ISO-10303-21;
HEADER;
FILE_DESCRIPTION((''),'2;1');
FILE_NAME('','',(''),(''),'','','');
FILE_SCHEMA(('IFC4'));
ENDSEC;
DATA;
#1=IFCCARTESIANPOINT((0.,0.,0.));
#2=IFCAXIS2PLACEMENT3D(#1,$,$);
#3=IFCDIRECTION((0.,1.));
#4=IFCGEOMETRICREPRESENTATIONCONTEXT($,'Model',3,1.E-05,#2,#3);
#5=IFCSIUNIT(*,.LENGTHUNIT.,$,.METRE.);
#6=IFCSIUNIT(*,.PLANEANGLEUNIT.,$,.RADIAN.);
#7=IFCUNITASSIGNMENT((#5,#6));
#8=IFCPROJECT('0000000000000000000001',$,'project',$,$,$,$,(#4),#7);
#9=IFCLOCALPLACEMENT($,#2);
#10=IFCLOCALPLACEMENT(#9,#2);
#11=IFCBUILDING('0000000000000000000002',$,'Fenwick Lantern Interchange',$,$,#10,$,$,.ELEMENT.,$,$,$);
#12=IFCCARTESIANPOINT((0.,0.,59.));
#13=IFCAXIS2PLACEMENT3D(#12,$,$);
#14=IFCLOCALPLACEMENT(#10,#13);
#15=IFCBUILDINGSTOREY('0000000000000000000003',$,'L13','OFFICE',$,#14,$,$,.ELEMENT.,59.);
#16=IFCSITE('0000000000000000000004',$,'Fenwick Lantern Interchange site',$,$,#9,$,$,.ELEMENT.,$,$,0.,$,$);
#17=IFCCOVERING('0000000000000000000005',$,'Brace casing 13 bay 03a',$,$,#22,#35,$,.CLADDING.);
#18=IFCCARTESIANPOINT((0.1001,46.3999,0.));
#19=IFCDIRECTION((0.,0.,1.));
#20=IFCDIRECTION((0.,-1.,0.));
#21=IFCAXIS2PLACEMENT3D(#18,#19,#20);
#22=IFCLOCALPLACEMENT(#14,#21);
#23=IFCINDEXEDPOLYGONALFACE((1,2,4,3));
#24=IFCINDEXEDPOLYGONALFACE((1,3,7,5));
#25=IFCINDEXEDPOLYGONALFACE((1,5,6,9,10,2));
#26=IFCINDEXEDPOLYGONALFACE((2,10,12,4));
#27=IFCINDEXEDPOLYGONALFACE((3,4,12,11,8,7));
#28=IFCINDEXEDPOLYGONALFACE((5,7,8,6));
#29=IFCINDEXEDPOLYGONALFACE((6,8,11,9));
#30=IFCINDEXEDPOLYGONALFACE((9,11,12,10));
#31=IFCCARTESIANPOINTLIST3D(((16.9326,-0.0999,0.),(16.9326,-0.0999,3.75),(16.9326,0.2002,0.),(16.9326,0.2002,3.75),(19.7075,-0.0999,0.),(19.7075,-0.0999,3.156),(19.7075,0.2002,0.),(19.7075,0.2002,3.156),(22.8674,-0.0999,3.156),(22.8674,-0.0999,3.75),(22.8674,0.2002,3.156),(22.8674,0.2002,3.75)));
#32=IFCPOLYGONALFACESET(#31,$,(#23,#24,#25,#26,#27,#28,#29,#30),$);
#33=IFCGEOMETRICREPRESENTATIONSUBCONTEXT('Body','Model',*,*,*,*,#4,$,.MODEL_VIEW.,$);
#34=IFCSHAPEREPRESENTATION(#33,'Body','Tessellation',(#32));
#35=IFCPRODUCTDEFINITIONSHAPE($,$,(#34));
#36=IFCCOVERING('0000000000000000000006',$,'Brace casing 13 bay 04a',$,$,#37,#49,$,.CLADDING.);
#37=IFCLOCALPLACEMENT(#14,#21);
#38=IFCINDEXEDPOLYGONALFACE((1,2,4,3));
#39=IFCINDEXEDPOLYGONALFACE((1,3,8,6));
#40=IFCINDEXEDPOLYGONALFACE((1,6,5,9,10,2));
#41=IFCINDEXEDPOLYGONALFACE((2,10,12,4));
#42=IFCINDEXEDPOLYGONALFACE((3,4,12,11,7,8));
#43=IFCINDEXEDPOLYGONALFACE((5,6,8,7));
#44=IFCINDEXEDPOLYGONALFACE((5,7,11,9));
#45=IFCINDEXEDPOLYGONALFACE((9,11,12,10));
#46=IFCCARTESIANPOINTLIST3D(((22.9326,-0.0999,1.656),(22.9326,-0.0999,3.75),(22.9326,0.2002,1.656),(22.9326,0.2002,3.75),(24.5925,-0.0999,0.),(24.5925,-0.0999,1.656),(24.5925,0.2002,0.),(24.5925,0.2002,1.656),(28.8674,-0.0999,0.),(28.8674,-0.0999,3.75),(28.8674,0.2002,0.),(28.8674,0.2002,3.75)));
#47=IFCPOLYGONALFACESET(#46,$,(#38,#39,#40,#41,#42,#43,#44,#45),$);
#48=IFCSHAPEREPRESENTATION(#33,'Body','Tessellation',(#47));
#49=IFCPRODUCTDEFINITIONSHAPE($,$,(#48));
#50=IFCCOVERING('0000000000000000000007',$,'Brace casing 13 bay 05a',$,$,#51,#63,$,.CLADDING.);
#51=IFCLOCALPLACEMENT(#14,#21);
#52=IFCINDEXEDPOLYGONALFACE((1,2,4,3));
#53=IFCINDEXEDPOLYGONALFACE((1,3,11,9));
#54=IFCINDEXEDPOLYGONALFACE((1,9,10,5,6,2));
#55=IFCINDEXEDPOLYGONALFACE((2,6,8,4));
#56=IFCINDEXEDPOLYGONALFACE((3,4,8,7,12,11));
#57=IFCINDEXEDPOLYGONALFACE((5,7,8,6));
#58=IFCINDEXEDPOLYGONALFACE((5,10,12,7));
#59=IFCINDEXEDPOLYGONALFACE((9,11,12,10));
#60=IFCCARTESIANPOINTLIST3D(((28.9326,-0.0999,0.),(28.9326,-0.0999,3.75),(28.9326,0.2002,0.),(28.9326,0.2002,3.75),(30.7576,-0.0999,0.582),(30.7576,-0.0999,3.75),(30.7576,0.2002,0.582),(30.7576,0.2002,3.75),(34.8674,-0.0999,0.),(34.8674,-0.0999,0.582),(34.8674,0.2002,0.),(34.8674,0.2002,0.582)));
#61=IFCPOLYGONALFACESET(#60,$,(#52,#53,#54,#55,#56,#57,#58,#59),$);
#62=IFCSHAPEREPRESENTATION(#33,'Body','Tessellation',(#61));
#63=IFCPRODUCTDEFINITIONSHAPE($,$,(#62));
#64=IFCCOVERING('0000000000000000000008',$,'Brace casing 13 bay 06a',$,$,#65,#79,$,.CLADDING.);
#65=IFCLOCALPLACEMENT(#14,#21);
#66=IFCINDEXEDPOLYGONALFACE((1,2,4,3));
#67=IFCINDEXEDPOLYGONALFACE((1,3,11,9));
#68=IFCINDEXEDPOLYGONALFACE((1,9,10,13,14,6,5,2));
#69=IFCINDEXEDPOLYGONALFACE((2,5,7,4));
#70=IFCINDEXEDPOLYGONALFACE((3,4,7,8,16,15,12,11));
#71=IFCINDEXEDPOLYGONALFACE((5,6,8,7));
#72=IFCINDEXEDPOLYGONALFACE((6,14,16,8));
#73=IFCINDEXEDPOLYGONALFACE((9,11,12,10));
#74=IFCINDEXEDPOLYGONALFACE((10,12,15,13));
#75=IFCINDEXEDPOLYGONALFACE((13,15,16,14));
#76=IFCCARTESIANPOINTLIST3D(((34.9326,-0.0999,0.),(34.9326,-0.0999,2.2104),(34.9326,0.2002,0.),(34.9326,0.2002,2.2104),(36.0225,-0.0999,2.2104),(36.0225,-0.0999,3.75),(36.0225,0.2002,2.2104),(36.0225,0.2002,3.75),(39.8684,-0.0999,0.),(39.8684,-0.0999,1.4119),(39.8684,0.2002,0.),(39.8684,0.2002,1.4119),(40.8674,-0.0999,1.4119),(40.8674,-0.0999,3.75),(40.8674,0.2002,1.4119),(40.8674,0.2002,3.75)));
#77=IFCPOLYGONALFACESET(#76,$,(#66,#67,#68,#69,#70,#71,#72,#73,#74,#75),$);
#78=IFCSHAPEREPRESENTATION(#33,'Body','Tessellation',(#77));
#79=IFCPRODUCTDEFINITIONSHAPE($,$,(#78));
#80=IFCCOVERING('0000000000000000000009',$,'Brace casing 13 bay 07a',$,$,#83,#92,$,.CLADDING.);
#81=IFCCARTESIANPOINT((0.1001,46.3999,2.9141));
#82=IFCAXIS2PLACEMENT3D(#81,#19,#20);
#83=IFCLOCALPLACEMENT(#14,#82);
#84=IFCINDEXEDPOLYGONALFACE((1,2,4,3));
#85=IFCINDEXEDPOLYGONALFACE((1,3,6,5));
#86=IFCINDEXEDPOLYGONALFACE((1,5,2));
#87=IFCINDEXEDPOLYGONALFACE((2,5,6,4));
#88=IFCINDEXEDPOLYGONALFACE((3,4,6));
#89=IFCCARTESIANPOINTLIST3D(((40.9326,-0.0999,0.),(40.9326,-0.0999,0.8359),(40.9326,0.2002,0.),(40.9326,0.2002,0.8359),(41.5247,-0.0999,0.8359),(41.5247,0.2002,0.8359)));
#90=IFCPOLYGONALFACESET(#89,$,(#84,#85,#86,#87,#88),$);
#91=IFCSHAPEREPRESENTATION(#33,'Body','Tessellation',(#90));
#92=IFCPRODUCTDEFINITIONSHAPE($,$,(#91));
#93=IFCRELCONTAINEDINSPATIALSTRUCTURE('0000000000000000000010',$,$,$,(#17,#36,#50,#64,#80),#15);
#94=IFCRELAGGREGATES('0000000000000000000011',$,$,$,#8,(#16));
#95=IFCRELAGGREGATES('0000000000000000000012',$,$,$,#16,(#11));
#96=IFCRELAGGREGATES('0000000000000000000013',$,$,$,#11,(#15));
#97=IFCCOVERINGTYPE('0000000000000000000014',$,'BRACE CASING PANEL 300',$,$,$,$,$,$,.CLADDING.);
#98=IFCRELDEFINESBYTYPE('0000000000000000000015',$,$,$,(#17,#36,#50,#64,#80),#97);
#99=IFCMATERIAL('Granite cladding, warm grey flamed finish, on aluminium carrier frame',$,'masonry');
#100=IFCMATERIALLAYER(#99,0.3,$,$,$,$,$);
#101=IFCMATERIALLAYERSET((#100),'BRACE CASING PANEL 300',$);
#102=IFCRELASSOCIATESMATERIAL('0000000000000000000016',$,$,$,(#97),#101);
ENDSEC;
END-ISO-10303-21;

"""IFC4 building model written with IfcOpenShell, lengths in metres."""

from ifc_helpers import new_model, si_unit, direction, frame, origin, place, context, subcontext, project, spatial, polyline, outline, extrude, material, layer, layer_set, type_object, element, save


model = new_model("IFC4")

# Units and contexts
model_context = context("Model", 3, precision=1e-05, world=origin(), true_north=direction((0.0, 1.0)))
body_context = subcontext(model_context, "Body", "Model", "MODEL_VIEW")
ifc_project = project(units=[si_unit("LENGTHUNIT", "METRE"), si_unit("PLANEANGLEUNIT", "RADIAN")], contexts=[model_context])

# Site, building, storey
site_placement = place(None, origin())
site = spatial("IfcSite", under=ifc_project, at=site_placement, Name="Fenwick Lantern Interchange site", CompositionType="ELEMENT", RefElevation=0.0)
building_placement = place(site_placement, origin())
building = spatial("IfcBuilding", under=site, at=building_placement, Name="Fenwick Lantern Interchange", CompositionType="ELEMENT")
storey_placement = place(building_placement, frame((0.0, 0.0, 59.0)))
storey = spatial("IfcBuildingStorey", under=building, at=storey_placement, Name="L13", Description="OFFICE", CompositionType="ELEMENT", Elevation=59.0)

# Coverings
ifc_material_1 = material(Name="Granite cladding, warm grey flamed finish, on aluminium carrier frame", Category="masonry")
ifc_layer_1 = layer(ifc_material_1, 0.3)
ifc_layer_set_1 = layer_set([ifc_layer_1], Name="BRACE CASING PANEL 300")
covering_type = type_object("IfcCoveringType", Name="BRACE CASING PANEL 300", PredefinedType="CLADDING", material=ifc_layer_set_1)
covering_1_placement = place(storey_placement, frame((0.1001, 46.3999, 0.0), z_axis=(0.0, 0.0, 1.0), x_axis=(0.0, -1.0, 0.0)))
element("IfcCovering", 1, at=covering_1_placement, inside=storey, type_object=covering_type, Name="Brace casing 13 bay 03a", PredefinedType="CLADDING", context=body_context, shape_type="SweptSolid", body=[
    extrude(outline(polyline([(16.9326, 0.0), (19.7075, 0.0), (19.7075, 3.156), (22.8674, 3.156), (22.8674, 3.75), (16.9326, 3.75), (16.9326, 0.0)])), frame((0.0, 0.2002, 0.0), z_axis=(0.0, -1.0, 0.0), x_axis=(1.0, 0.0, 0.0)), (0.0, 0.0, 1.0), 0.3),
])
covering_2_placement = place(storey_placement, frame((0.1001, 46.3999, 0.0), z_axis=(0.0, 0.0, 1.0), x_axis=(0.0, -1.0, 0.0)))
element("IfcCovering", 2, at=covering_2_placement, inside=storey, type_object=covering_type, Name="Brace casing 13 bay 04a", PredefinedType="CLADDING", context=body_context, shape_type="SweptSolid", body=[
    extrude(outline(polyline([(24.5925, 0.0), (28.8674, 0.0), (28.8674, 3.75), (22.9326, 3.75), (22.9326, 1.656), (24.5925, 1.656), (24.5925, 0.0)])), frame((0.0, 0.2002, 0.0), z_axis=(0.0, -1.0, 0.0), x_axis=(1.0, 0.0, 0.0)), (0.0, 0.0, 1.0), 0.3),
])
covering_3_placement = place(storey_placement, frame((0.1001, 46.3999, 0.0), z_axis=(0.0, 0.0, 1.0), x_axis=(0.0, -1.0, 0.0)))
element("IfcCovering", 3, at=covering_3_placement, inside=storey, type_object=covering_type, Name="Brace casing 13 bay 05a", PredefinedType="CLADDING", context=body_context, shape_type="SweptSolid", body=[
    extrude(outline(polyline([(28.9326, 0.0), (34.8674, 0.0), (34.8674, 0.582), (30.7576, 0.582), (30.7576, 3.75), (28.9326, 3.75), (28.9326, 0.0)])), frame((0.0, 0.2002, 0.0), z_axis=(0.0, -1.0, 0.0), x_axis=(1.0, 0.0, 0.0)), (0.0, 0.0, 1.0), 0.3),
])
covering_4_placement = place(storey_placement, frame((0.1001, 46.3999, 0.0), z_axis=(0.0, 0.0, 1.0), x_axis=(0.0, -1.0, 0.0)))
element("IfcCovering", 4, at=covering_4_placement, inside=storey, type_object=covering_type, Name="Brace casing 13 bay 06a", PredefinedType="CLADDING", context=body_context, shape_type="SweptSolid", body=[
    extrude(outline(polyline([(34.9326, 0.0), (39.8684, 0.0), (39.8684, 1.4119), (40.8674, 1.4119), (40.8674, 3.75), (36.0225, 3.75), (36.0225, 2.2104), (34.9326, 2.2104), (34.9326, 0.0)])), frame((0.0, 0.2002, 0.0), z_axis=(0.0, -1.0, 0.0), x_axis=(1.0, 0.0, 0.0)), (0.0, 0.0, 1.0), 0.3),
])
covering_5_placement = place(storey_placement, frame((0.1001, 46.3999, 2.9141), z_axis=(0.0, 0.0, 1.0), x_axis=(0.0, -1.0, 0.0)))
element("IfcCovering", 5, at=covering_5_placement, inside=storey, type_object=covering_type, Name="Brace casing 13 bay 07a", PredefinedType="CLADDING", context=body_context, shape_type="SweptSolid", body=[
    extrude(outline(polyline([(40.9326, 0.0), (41.5247, 0.8359), (40.9326, 0.8359), (40.9326, 0.0)])), frame((0.0, 0.2002, 0.0), z_axis=(0.0, -1.0, 0.0), x_axis=(1.0, 0.0, 0.0)), (0.0, 0.0, 1.0), 0.3),
])

save(model, "model.ifc")
